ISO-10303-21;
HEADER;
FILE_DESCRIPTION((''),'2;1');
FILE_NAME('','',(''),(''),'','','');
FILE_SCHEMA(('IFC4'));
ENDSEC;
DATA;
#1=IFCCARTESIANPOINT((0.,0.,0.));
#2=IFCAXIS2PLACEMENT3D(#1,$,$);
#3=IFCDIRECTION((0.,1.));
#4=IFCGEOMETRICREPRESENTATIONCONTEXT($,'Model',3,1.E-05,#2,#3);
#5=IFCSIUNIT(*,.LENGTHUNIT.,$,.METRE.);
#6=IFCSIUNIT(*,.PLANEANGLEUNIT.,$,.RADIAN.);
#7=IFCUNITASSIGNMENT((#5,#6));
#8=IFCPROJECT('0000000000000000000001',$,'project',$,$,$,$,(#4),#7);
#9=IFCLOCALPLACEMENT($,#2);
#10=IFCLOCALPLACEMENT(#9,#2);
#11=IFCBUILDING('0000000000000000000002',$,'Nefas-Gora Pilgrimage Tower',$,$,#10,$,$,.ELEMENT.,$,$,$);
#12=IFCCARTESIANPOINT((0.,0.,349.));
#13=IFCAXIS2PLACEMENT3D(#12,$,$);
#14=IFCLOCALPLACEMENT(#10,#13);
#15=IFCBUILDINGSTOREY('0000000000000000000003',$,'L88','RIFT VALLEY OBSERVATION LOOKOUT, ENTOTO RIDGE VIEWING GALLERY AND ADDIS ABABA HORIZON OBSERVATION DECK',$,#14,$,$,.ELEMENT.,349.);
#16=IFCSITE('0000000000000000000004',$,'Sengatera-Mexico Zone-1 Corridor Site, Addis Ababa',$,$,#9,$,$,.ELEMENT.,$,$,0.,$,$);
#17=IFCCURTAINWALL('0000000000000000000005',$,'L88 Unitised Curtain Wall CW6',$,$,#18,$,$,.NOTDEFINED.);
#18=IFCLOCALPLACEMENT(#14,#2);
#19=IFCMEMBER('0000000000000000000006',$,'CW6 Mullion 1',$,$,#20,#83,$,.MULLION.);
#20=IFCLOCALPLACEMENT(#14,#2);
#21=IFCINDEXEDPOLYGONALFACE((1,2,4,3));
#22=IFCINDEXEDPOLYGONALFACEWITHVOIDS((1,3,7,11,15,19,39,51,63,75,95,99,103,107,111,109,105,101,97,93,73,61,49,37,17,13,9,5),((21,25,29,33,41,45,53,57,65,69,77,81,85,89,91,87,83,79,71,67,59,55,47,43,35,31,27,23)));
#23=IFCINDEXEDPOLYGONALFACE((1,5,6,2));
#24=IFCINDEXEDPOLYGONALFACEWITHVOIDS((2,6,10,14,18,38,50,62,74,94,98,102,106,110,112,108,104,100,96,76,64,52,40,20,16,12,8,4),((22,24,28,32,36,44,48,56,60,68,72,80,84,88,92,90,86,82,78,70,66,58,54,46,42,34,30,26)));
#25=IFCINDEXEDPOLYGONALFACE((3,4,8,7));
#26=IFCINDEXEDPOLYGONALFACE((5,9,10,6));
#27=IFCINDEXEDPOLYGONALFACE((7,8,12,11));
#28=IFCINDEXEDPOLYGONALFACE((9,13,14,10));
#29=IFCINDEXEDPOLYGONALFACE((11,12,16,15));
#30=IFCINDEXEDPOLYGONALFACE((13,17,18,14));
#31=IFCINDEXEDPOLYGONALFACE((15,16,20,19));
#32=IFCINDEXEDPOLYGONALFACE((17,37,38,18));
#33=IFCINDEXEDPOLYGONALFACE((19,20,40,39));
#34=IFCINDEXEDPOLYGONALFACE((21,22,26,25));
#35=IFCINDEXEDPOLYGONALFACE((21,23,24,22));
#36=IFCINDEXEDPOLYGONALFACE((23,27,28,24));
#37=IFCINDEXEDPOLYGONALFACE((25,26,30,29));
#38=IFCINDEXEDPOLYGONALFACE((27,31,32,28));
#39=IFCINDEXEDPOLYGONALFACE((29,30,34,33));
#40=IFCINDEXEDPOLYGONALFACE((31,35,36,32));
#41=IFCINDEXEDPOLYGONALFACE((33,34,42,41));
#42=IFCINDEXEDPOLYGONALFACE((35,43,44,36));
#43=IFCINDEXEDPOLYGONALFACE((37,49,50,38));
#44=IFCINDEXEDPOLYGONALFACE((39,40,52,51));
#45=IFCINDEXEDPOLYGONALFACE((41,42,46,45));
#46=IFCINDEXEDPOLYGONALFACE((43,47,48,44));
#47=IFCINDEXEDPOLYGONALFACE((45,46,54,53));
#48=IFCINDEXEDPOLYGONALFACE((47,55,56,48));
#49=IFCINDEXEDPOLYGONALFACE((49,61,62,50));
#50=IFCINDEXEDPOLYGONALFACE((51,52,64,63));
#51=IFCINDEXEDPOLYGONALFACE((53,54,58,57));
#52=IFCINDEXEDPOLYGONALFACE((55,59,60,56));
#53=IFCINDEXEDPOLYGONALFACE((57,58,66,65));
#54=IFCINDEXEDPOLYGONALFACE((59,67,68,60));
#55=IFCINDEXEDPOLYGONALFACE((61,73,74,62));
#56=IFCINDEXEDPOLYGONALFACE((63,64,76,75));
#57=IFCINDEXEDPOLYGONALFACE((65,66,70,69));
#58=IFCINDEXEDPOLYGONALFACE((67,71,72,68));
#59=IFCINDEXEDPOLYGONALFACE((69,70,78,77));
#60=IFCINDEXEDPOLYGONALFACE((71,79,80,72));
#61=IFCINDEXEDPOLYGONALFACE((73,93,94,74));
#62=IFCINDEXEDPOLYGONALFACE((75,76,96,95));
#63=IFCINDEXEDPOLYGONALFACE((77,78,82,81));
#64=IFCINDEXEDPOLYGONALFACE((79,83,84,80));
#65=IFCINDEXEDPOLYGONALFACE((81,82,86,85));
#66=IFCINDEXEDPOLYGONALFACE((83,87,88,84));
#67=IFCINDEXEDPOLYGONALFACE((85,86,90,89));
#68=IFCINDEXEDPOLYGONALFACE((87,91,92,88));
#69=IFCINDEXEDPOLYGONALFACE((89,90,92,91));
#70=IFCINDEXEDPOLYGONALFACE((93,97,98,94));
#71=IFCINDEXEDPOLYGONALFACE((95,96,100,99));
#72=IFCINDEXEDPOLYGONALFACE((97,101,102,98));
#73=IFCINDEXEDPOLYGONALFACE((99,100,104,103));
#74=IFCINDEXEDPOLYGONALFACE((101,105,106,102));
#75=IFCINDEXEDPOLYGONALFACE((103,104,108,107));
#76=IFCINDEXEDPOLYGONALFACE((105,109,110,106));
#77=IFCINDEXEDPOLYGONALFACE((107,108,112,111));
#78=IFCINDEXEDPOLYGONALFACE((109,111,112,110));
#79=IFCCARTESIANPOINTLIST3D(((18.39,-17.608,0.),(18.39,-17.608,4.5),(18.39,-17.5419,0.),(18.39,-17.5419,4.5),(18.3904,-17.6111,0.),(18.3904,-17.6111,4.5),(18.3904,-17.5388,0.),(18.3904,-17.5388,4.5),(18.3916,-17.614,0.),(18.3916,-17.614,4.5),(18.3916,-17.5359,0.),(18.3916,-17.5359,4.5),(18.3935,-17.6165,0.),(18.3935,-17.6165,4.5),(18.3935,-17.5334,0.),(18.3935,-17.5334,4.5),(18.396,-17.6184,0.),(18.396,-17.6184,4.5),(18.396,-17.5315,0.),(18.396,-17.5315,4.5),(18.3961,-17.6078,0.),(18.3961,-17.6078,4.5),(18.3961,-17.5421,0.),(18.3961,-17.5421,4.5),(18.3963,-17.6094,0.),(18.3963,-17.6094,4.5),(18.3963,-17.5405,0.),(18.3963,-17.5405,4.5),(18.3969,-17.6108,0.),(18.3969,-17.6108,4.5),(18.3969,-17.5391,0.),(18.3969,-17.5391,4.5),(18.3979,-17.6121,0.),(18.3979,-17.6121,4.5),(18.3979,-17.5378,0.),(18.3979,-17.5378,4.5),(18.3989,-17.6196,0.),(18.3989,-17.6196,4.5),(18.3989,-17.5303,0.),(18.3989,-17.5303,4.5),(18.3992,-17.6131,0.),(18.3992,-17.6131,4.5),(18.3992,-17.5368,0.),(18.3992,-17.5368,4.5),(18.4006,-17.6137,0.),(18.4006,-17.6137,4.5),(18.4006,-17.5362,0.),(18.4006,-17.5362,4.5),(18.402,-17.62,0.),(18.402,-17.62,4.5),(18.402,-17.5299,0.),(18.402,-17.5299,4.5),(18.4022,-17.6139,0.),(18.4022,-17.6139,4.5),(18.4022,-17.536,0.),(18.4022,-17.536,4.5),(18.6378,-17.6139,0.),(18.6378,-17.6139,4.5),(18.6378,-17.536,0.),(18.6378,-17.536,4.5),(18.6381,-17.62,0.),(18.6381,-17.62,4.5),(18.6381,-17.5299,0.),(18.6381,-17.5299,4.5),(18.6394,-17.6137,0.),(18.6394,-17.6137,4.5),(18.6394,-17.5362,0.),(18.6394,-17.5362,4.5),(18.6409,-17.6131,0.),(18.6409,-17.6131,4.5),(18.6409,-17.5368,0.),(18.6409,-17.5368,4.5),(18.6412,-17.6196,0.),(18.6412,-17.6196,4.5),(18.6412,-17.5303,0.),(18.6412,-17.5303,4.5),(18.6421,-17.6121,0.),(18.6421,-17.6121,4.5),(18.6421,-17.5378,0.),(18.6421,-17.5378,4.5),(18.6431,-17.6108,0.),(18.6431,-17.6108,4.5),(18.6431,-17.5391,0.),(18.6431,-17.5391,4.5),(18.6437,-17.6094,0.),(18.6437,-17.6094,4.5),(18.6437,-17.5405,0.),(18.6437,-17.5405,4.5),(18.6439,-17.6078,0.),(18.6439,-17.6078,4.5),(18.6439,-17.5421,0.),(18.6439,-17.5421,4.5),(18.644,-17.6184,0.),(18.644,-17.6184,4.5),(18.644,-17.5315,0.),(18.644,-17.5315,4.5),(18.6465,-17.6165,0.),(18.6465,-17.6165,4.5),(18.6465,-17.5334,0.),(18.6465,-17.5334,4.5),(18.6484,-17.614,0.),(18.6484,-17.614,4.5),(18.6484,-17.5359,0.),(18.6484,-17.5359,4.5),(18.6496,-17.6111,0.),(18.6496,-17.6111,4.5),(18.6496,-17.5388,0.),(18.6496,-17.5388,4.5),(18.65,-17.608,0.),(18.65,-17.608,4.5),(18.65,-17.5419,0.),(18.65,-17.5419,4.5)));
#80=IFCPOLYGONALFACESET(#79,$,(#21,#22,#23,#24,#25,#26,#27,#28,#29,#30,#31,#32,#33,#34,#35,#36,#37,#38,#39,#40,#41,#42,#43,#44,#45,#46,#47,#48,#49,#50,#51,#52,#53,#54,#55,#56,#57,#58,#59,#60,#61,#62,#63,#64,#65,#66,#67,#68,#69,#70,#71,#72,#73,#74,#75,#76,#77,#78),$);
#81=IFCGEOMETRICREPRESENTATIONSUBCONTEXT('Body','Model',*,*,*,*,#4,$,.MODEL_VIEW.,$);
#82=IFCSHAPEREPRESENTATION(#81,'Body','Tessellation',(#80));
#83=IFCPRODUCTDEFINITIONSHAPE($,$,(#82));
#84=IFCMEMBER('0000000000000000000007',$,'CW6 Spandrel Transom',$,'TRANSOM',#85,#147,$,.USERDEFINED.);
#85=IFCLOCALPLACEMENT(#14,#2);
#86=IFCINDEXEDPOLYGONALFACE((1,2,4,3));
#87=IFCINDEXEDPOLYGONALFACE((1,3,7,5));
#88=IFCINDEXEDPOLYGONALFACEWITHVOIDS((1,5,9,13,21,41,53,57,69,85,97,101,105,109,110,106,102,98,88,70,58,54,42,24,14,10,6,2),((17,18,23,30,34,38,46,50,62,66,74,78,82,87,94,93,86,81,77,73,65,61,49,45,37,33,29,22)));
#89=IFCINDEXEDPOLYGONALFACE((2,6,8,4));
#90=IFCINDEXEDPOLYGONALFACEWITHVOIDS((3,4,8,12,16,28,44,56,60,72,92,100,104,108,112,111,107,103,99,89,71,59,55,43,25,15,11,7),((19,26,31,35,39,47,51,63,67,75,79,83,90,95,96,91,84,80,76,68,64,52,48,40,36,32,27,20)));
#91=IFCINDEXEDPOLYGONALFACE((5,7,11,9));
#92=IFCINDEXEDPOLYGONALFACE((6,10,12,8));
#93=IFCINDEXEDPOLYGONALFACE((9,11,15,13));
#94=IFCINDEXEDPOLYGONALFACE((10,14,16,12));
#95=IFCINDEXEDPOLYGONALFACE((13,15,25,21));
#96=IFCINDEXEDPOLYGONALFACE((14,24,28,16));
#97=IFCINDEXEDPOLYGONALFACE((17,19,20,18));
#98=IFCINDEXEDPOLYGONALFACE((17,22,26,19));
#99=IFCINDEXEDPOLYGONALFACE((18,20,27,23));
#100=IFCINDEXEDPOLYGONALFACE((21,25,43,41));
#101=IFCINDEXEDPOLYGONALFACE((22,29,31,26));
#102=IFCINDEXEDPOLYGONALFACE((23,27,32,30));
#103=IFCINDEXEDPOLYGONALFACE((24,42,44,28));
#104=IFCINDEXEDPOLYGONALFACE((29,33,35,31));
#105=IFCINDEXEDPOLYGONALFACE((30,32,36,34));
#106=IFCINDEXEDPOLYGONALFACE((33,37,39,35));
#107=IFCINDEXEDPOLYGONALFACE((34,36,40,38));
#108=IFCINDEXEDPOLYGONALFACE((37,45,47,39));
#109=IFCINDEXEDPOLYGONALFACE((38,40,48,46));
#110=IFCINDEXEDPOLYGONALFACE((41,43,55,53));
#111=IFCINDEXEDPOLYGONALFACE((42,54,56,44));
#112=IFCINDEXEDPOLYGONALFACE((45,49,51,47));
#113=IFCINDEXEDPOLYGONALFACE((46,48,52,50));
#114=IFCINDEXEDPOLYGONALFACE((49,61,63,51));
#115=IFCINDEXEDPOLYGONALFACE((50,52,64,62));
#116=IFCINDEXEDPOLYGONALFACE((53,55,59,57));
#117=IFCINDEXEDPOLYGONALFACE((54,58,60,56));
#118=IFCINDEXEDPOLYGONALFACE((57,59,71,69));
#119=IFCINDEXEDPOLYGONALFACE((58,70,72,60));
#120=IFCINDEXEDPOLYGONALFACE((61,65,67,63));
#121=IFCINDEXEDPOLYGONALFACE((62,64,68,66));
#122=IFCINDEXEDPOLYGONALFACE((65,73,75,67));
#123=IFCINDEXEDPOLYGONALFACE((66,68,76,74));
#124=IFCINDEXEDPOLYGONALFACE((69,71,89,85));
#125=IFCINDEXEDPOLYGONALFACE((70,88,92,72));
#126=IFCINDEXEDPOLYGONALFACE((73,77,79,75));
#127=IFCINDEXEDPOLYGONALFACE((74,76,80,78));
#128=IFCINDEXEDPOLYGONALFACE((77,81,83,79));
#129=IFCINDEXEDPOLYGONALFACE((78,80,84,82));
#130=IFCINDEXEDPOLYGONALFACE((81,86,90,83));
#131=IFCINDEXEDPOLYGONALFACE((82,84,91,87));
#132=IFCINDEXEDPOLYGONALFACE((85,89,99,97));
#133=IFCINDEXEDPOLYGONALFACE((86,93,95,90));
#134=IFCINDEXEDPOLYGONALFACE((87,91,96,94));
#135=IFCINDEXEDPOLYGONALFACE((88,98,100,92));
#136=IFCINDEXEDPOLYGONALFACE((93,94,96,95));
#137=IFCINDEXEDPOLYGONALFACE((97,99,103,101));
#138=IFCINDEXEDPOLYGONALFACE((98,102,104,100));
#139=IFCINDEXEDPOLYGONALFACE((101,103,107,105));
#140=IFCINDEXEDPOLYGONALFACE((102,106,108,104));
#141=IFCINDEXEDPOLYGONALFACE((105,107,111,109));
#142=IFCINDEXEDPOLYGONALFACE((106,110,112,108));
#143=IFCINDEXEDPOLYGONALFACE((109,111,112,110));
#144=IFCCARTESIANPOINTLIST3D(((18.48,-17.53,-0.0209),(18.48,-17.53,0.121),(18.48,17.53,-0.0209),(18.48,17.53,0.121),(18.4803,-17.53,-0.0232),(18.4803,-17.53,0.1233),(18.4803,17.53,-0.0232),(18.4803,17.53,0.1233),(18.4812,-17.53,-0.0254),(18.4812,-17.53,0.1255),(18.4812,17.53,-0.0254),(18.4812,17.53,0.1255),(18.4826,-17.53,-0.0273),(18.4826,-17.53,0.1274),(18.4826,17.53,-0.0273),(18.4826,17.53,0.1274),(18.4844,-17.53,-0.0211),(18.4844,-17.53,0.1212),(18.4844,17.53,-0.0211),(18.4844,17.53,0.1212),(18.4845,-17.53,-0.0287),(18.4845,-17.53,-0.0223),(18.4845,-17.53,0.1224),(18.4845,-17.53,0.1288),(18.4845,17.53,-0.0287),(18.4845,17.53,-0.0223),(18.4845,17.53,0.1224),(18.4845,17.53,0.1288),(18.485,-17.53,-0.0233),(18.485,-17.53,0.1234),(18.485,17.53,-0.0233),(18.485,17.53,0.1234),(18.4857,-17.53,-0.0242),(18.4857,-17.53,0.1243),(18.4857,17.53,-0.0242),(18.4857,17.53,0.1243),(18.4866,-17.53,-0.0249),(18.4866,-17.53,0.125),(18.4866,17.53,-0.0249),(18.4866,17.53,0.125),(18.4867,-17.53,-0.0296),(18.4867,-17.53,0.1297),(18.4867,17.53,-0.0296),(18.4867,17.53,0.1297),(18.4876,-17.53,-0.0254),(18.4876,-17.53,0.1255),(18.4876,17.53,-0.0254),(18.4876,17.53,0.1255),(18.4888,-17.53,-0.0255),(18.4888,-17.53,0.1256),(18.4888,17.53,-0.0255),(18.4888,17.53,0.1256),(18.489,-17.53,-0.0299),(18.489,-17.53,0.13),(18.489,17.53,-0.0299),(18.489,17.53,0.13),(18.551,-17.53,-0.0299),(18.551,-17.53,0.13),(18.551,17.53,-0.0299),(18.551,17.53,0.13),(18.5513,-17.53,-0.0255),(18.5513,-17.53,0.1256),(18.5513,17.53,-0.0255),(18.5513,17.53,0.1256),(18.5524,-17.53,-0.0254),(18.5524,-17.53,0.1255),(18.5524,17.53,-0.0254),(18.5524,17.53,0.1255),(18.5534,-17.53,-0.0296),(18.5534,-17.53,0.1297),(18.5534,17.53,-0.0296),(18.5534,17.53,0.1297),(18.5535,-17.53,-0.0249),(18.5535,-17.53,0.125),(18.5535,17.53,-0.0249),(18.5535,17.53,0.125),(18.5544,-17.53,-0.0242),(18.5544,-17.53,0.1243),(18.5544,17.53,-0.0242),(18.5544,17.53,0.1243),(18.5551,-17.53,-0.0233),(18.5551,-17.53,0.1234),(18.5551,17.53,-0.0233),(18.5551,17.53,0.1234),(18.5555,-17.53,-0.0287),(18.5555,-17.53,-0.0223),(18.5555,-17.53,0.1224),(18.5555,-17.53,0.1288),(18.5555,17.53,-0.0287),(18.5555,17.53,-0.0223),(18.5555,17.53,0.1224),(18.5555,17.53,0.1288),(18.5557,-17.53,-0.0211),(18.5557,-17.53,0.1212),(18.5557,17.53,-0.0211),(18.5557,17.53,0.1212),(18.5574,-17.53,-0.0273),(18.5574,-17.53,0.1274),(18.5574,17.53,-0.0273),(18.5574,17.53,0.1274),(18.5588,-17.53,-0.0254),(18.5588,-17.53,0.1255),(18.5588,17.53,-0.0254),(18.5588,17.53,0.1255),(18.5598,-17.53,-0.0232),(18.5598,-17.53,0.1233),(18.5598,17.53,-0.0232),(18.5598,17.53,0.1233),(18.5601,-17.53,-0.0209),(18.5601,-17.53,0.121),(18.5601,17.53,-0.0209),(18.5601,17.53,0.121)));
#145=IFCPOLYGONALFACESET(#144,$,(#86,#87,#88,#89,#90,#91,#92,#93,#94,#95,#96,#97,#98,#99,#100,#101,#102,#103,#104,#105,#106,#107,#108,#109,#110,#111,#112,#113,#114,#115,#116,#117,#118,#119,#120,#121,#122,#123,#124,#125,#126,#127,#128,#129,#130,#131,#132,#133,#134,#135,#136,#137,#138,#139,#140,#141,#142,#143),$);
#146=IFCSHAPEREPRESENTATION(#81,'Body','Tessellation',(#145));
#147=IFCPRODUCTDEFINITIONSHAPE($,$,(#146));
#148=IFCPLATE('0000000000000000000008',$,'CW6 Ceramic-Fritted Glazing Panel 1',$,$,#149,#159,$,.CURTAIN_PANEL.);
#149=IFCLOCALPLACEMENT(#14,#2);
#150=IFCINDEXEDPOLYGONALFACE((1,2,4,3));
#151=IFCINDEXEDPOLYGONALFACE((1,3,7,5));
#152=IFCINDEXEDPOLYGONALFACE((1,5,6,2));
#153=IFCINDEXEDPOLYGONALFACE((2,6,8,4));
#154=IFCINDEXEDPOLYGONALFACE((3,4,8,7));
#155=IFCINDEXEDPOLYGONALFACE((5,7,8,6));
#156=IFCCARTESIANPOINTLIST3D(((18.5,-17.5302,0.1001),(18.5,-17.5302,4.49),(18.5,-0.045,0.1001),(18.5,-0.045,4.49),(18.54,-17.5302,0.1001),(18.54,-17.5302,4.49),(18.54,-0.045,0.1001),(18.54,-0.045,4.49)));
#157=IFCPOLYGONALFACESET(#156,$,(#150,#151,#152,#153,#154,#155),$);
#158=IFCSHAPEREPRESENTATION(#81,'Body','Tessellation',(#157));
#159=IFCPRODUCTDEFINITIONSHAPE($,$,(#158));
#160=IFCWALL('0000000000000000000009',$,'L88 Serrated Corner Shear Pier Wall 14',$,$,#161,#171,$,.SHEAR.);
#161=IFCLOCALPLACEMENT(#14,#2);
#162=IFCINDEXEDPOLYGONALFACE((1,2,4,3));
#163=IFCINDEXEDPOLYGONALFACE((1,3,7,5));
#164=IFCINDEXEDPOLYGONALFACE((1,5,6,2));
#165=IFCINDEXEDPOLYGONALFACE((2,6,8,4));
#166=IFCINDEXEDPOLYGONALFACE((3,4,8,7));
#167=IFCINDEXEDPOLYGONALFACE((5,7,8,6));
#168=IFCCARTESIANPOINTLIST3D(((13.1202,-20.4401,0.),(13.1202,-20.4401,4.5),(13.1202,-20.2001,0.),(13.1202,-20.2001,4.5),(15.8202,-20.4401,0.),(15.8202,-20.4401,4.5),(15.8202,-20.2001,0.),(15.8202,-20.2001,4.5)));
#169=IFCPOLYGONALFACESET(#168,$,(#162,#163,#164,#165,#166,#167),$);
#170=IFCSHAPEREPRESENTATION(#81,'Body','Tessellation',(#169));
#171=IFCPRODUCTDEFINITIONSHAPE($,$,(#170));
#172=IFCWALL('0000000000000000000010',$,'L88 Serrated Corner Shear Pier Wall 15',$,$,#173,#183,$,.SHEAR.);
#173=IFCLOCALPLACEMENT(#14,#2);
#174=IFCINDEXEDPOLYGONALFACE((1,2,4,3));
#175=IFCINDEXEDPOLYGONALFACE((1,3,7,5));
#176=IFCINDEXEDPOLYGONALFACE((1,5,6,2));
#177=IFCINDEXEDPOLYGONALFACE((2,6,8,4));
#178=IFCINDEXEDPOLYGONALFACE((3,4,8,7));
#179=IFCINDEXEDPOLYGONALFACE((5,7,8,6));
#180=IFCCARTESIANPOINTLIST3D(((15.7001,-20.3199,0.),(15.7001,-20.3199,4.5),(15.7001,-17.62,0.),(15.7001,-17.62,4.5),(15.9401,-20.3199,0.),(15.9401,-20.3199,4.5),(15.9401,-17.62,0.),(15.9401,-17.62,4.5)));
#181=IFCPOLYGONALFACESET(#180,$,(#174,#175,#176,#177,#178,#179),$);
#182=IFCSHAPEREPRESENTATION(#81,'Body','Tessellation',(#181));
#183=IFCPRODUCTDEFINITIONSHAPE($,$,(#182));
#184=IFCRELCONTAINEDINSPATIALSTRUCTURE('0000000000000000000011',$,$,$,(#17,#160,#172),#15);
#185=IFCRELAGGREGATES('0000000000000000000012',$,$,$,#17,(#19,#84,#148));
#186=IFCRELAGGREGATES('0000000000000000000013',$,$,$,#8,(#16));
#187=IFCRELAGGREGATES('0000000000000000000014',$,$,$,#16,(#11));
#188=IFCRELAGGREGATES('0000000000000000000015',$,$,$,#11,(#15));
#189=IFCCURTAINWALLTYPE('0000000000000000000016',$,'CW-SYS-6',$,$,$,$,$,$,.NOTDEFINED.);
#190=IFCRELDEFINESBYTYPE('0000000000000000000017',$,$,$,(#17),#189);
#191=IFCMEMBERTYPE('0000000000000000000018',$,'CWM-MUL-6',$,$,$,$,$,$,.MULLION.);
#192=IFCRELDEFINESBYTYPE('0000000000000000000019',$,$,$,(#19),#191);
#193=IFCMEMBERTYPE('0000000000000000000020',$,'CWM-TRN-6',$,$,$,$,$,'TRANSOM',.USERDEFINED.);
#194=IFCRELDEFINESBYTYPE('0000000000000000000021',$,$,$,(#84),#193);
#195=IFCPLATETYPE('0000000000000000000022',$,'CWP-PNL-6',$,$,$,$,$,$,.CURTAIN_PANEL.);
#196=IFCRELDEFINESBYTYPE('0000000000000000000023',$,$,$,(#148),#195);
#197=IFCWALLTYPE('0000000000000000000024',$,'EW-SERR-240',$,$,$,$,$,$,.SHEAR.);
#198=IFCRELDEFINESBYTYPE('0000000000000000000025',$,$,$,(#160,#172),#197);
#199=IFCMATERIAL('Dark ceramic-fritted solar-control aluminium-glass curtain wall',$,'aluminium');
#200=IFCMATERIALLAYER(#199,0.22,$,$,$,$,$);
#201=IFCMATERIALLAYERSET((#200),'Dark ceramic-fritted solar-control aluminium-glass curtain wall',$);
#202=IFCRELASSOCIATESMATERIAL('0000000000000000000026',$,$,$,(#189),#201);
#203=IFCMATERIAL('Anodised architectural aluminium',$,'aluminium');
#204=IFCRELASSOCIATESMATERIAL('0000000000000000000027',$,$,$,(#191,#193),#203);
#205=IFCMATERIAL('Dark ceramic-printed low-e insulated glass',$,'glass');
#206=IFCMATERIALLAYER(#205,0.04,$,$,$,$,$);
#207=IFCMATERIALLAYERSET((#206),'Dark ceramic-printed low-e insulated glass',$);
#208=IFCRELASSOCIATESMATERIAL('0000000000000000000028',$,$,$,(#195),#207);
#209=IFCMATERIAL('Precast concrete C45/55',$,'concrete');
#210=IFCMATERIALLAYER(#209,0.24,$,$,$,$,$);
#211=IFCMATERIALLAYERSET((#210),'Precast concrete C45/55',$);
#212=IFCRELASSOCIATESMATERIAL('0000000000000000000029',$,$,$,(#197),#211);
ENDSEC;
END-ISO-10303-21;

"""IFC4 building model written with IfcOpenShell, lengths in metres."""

from ifc_helpers import new_model, si_unit, direction, frame, frame_2d, origin, origin_2d, place, context, subcontext, project, spatial, rectangle, hollow_rectangle, extrude, source, transform, mapped, material, layer, layer_set, material_profile, profile_set, type_object, element, aggregate, save


model = new_model("IFC4")

# Units and contexts
model_context = context("Model", 3, precision=1e-05, world=origin(), true_north=direction((0.0, 1.0)))
body_context = subcontext(model_context, "Body", "Model", "MODEL_VIEW")
ifc_project = project(units=[si_unit("LENGTHUNIT", "METRE"), si_unit("PLANEANGLEUNIT", "RADIAN")], contexts=[model_context])

# Site, building, storey
site_placement = place(None, origin())
site = spatial("IfcSite", under=ifc_project, at=site_placement, Name="Sengatera-Mexico Zone-1 Corridor Site, Addis Ababa", CompositionType="ELEMENT", RefElevation=0.0)
building_placement = place(site_placement, origin())
building = spatial("IfcBuilding", under=site, at=building_placement, Name="Nefas-Gora Pilgrimage Tower", CompositionType="ELEMENT")
storey_placement = place(building_placement, frame((0.0, 0.0, 349.0)))
storey = spatial("IfcBuildingStorey", under=building, at=storey_placement, Name="L88", Description="RIFT VALLEY OBSERVATION LOOKOUT, ENTOTO RIDGE VIEWING GALLERY AND ADDIS ABABA HORIZON OBSERVATION DECK", CompositionType="ELEMENT", Elevation=349.0)

# Curtain wall, members, plate
ifc_material_1 = material(Name="Dark ceramic-fritted solar-control aluminium-glass curtain wall", Category="aluminium")
ifc_layer_1 = layer(ifc_material_1, 0.22)
ifc_layer_set_1 = layer_set([ifc_layer_1], Name="Dark ceramic-fritted solar-control aluminium-glass curtain wall")
curtain_wall_type = type_object("IfcCurtainWallType", Name="CW-SYS-6", PredefinedType="NOTDEFINED", material=ifc_layer_set_1)
curtain_wall_placement = place(storey_placement, origin())
curtain_wall = element("IfcCurtainWall", 1, at=curtain_wall_placement, inside=storey, type_object=curtain_wall_type, Name="L88 Unitised Curtain Wall CW6", PredefinedType="NOTDEFINED")
ifc_material_2 = material(Name="Anodised architectural aluminium", Category="aluminium")
ifc_material_profile_1 = material_profile(ifc_material_2, hollow_rectangle(XDim=0.0901, YDim=0.26, WallThickness=0.0061, InnerFilletRadius=0.0061, OuterFilletRadius=0.012, at=origin_2d()), Name="ALU MULLION 90x260")
ifc_profile_set_1 = profile_set([ifc_material_profile_1], Name="Anodised architectural aluminium")
member_type_1 = type_object("IfcMemberType", Name="CWM-MUL-6", PredefinedType="MULLION", material=ifc_profile_set_1)
shared_shape_1 = source(origin(), body_context, "Body", "SweptSolid", [
    extrude(hollow_rectangle(XDim=0.0901, YDim=0.26, WallThickness=0.0061, InnerFilletRadius=0.0061, OuterFilletRadius=0.012, at=origin_2d()), origin(), (0.0, 0.0, 1.0), 4.5),
])
member_1_placement = place(storey_placement, frame((18.52, -17.575, 0.0), z_axis=(0.0, 0.0, 1.0), x_axis=(0.0, 1.0, 0.0)))
member_1 = element("IfcMember", 2, at=member_1_placement, type_object=member_type_1, Name="CW6 Mullion 1", PredefinedType="MULLION", context=body_context, shape_type="MappedRepresentation", body=[
    mapped(shared_shape_1, transform((0.0, 0.0, 0.0), x_axis=(1.0, 0.0, 0.0), y_axis=(0.0, 1.0, 0.0), z_axis=(0.0, 0.0, 1.0), scale=1.0)),
])
ifc_material_profile_2 = material_profile(ifc_material_2, hollow_rectangle(XDim=0.0801, YDim=0.1599, WallThickness=0.0044, InnerFilletRadius=0.0044, OuterFilletRadius=0.009, at=origin_2d()), Name="ALU TRANSOM 80x160")
ifc_profile_set_2 = profile_set([ifc_material_profile_2], Name="Anodised architectural aluminium")
member_type_2 = type_object("IfcMemberType", Name="CWM-TRN-6", ElementType="TRANSOM", PredefinedType="USERDEFINED", material=ifc_profile_set_2)
shared_shape_2 = source(origin(), body_context, "Body", "SweptSolid", [
    extrude(hollow_rectangle(XDim=0.0801, YDim=0.1599, WallThickness=0.0044, InnerFilletRadius=0.0044, OuterFilletRadius=0.009, at=origin_2d()), origin(), (0.0, 0.0, 1.0), 35.0601),
])
member_2_placement = place(storey_placement, frame((18.52, -17.53, 0.05), z_axis=(0.0, 1.0, 0.0), x_axis=(-1.0, 0.0, 0.0)))
member_2 = element("IfcMember", 3, at=member_2_placement, type_object=member_type_2, Name="CW6 Spandrel Transom", ObjectType="TRANSOM", PredefinedType="USERDEFINED", context=body_context, shape_type="MappedRepresentation", body=[
    mapped(shared_shape_2, transform((0.0, 0.0, 0.0), x_axis=(1.0, 0.0, 0.0), y_axis=(0.0, 1.0, 0.0), z_axis=(0.0, 0.0, 1.0), scale=1.0)),
])
ifc_material_3 = material(Name="Dark ceramic-printed low-e insulated glass", Category="glass")
ifc_layer_2 = layer(ifc_material_3, 0.04)
ifc_layer_set_2 = layer_set([ifc_layer_2], Name="Dark ceramic-printed low-e insulated glass")
plate_type = type_object("IfcPlateType", Name="CWP-PNL-6", PredefinedType="CURTAIN_PANEL", material=ifc_layer_set_2)
shared_shape_3 = source(origin(), body_context, "Body", "SweptSolid", [
    extrude(rectangle(XDim=17.4851, YDim=0.04, at=origin_2d()), origin(), (0.0, 0.0, 1.0), 4.3899),
])
plate_placement = place(storey_placement, frame((18.52, -8.7876, 0.1001), z_axis=(0.0, 0.0, 1.0), x_axis=(0.0, 1.0, 0.0)))
plate = element("IfcPlate", 4, at=plate_placement, type_object=plate_type, Name="CW6 Ceramic-Fritted Glazing Panel 1", PredefinedType="CURTAIN_PANEL", context=body_context, shape_type="MappedRepresentation", body=[
    mapped(shared_shape_3, transform((0.0, 0.0, 0.0), x_axis=(1.0, 0.0, 0.0), y_axis=(0.0, 1.0, 0.0), z_axis=(0.0, 0.0, 1.0), scale=1.0)),
])
aggregate(curtain_wall, [member_1, member_2, plate])

# Walls
ifc_material_4 = material(Name="Precast concrete C45/55", Category="concrete")
ifc_layer_3 = layer(ifc_material_4, 0.24)
ifc_layer_set_3 = layer_set([ifc_layer_3], Name="Precast concrete C45/55")
wall_type_1 = type_object("IfcWallType", Name="EW-SERR-240", PredefinedType="SHEAR", material=ifc_layer_set_3)
shared_shape_4 = source(origin(), body_context, "Body", "SweptSolid", [
    extrude(rectangle(XDim=2.7, YDim=0.24, at=frame_2d((1.3501, 0.0))), origin(), (0.0, 0.0, 1.0), 4.5),
])
for number, where, z_axis, x_axis, name in (
    (5, (13.1201, -20.3201, 0.0), (0.0, 0.0, 1.0), (1.0, 0.0, 0.0), "L88 Serrated Corner Shear Pier Wall 14"),
    (6, (15.8201, -20.3201, 0.0), (0.0, 0.0, 1.0), (0.0, 1.0, 0.0), "L88 Serrated Corner Shear Pier Wall 15"),
):
    element("IfcWall", number, at=place(storey_placement, frame(where, z_axis=z_axis, x_axis=x_axis)), inside=storey, type_object=wall_type_1, Name=name, PredefinedType="SHEAR", context=body_context, shape_type="MappedRepresentation", body=[
        mapped(shared_shape_4, transform((0.0, 0.0, 0.0), x_axis=(1.0, 0.0, 0.0), y_axis=(0.0, 1.0, 0.0), z_axis=(0.0, 0.0, 1.0), scale=1.0)),
    ])

save(model, "model.ifc")
